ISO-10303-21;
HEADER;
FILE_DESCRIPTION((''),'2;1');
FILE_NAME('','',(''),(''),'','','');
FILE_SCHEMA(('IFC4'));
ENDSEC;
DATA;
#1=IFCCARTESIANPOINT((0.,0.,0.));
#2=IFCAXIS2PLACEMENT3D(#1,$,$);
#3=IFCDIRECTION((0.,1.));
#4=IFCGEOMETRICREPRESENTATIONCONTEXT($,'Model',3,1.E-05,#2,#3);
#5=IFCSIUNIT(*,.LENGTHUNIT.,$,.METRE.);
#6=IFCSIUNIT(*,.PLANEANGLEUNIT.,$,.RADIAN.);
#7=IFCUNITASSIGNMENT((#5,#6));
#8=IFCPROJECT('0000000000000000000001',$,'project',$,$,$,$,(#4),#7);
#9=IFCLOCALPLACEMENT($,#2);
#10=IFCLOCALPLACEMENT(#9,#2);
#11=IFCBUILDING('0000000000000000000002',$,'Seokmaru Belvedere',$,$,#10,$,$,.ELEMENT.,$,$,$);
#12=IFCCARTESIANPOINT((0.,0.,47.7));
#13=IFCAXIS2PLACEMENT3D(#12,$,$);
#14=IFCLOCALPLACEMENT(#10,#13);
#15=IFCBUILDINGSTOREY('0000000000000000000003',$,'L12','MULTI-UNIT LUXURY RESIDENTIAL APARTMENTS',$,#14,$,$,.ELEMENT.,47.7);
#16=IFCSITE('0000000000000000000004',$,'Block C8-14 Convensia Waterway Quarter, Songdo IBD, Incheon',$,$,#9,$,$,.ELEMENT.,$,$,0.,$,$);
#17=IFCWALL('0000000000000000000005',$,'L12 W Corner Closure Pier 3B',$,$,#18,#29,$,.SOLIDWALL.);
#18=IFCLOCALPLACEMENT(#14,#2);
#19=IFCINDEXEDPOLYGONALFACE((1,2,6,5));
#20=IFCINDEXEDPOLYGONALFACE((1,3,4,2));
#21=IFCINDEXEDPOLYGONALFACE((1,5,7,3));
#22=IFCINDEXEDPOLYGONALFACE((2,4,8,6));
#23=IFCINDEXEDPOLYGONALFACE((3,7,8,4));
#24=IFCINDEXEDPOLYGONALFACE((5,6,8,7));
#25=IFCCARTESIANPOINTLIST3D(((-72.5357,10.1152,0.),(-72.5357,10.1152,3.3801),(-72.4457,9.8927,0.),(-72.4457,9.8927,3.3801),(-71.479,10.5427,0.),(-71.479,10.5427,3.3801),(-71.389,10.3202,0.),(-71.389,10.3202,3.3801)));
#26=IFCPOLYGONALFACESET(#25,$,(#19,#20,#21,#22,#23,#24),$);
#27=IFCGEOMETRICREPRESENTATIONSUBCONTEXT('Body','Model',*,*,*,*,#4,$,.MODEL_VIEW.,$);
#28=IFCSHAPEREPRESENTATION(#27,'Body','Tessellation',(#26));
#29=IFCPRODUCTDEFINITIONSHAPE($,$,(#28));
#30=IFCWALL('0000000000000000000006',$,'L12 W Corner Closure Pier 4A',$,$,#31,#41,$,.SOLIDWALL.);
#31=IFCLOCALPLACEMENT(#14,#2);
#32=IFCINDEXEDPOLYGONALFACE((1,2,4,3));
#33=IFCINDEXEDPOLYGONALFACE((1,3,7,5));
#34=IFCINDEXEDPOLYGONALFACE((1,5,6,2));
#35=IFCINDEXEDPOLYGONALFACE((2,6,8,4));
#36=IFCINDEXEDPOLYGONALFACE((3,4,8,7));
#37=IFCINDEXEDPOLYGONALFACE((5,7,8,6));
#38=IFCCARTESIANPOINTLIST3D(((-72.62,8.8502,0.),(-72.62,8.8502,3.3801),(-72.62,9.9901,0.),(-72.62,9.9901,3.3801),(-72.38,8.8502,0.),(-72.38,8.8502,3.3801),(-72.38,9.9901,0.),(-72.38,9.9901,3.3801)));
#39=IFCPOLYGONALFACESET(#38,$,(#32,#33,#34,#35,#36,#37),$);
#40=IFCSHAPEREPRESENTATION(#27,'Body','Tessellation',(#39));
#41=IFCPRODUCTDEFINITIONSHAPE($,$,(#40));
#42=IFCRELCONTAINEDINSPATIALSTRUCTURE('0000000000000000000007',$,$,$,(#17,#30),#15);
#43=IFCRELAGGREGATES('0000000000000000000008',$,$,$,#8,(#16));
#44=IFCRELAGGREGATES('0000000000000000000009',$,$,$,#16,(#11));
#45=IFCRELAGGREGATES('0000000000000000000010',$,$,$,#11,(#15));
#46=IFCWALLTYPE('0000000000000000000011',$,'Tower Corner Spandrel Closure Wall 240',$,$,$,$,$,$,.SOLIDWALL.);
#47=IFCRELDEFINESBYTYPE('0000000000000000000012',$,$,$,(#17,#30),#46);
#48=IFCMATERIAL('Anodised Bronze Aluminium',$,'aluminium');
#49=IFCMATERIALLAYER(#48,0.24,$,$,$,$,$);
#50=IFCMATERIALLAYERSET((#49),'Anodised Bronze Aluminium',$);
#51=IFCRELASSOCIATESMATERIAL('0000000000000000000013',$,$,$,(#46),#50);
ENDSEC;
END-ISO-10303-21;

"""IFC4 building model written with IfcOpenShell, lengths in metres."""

from ifc_helpers import new_model, si_unit, direction, frame, frame_2d, origin, place, context, subcontext, project, spatial, rectangle, extrude, material, layer, layer_set, type_object, element, save


model = new_model("IFC4")

# Units and contexts
model_context = context("Model", 3, precision=1e-05, world=origin(), true_north=direction((0.0, 1.0)))
body_context = subcontext(model_context, "Body", "Model", "MODEL_VIEW")
ifc_project = project(units=[si_unit("LENGTHUNIT", "METRE"), si_unit("PLANEANGLEUNIT", "RADIAN")], contexts=[model_context])

# Site, building, storey
site_placement = place(None, origin())
site = spatial("IfcSite", under=ifc_project, at=site_placement, Name="Block C8-14 Convensia Waterway Quarter, Songdo IBD, Incheon", CompositionType="ELEMENT", RefElevation=0.0)
building_placement = place(site_placement, origin())
building = spatial("IfcBuilding", under=site, at=building_placement, Name="Seokmaru Belvedere", CompositionType="ELEMENT")
storey_placement = place(building_placement, frame((0.0, 0.0, 47.7)))
storey = spatial("IfcBuildingStorey", under=building, at=storey_placement, Name="L12", Description="MULTI-UNIT LUXURY RESIDENTIAL APARTMENTS", CompositionType="ELEMENT", Elevation=47.7)

# Shared definitions
ifc_material_1 = material(Name="Anodised Bronze Aluminium", Category="aluminium")

# Walls
ifc_layer_1 = layer(ifc_material_1, 0.24)
ifc_layer_set_1 = layer_set([ifc_layer_1], Name="Anodised Bronze Aluminium")
wall_type_1 = type_object("IfcWallType", Name="Tower Corner Spandrel Closure Wall 240", PredefinedType="SOLIDWALL", material=ifc_layer_set_1)
for number, where, z_axis, x_axis, name in (
    (1, (-71.4341, 10.4314, 0.0), (0.0, 0.0, 1.0), (-0.927007, -0.375044, 0.0), "L12 W Corner Closure Pier 3B"),
    (2, (-72.5, 9.99, 0.0), (0.0, 0.0, 1.0), (0.0, -1.0, 0.0), "L12 W Corner Closure Pier 4A"),
):
    element("IfcWall", number, at=place(storey_placement, frame(where, z_axis=z_axis, x_axis=x_axis)), inside=storey, type_object=wall_type_1, Name=name, PredefinedType="SOLIDWALL", context=body_context, shape_type="SweptSolid", body=[
        extrude(rectangle(XDim=1.1399, YDim=0.24, at=frame_2d((0.5698, 0.0))), origin(), (0.0, 0.0, 1.0), 3.3801),
    ])

save(model, "model.ifc")
